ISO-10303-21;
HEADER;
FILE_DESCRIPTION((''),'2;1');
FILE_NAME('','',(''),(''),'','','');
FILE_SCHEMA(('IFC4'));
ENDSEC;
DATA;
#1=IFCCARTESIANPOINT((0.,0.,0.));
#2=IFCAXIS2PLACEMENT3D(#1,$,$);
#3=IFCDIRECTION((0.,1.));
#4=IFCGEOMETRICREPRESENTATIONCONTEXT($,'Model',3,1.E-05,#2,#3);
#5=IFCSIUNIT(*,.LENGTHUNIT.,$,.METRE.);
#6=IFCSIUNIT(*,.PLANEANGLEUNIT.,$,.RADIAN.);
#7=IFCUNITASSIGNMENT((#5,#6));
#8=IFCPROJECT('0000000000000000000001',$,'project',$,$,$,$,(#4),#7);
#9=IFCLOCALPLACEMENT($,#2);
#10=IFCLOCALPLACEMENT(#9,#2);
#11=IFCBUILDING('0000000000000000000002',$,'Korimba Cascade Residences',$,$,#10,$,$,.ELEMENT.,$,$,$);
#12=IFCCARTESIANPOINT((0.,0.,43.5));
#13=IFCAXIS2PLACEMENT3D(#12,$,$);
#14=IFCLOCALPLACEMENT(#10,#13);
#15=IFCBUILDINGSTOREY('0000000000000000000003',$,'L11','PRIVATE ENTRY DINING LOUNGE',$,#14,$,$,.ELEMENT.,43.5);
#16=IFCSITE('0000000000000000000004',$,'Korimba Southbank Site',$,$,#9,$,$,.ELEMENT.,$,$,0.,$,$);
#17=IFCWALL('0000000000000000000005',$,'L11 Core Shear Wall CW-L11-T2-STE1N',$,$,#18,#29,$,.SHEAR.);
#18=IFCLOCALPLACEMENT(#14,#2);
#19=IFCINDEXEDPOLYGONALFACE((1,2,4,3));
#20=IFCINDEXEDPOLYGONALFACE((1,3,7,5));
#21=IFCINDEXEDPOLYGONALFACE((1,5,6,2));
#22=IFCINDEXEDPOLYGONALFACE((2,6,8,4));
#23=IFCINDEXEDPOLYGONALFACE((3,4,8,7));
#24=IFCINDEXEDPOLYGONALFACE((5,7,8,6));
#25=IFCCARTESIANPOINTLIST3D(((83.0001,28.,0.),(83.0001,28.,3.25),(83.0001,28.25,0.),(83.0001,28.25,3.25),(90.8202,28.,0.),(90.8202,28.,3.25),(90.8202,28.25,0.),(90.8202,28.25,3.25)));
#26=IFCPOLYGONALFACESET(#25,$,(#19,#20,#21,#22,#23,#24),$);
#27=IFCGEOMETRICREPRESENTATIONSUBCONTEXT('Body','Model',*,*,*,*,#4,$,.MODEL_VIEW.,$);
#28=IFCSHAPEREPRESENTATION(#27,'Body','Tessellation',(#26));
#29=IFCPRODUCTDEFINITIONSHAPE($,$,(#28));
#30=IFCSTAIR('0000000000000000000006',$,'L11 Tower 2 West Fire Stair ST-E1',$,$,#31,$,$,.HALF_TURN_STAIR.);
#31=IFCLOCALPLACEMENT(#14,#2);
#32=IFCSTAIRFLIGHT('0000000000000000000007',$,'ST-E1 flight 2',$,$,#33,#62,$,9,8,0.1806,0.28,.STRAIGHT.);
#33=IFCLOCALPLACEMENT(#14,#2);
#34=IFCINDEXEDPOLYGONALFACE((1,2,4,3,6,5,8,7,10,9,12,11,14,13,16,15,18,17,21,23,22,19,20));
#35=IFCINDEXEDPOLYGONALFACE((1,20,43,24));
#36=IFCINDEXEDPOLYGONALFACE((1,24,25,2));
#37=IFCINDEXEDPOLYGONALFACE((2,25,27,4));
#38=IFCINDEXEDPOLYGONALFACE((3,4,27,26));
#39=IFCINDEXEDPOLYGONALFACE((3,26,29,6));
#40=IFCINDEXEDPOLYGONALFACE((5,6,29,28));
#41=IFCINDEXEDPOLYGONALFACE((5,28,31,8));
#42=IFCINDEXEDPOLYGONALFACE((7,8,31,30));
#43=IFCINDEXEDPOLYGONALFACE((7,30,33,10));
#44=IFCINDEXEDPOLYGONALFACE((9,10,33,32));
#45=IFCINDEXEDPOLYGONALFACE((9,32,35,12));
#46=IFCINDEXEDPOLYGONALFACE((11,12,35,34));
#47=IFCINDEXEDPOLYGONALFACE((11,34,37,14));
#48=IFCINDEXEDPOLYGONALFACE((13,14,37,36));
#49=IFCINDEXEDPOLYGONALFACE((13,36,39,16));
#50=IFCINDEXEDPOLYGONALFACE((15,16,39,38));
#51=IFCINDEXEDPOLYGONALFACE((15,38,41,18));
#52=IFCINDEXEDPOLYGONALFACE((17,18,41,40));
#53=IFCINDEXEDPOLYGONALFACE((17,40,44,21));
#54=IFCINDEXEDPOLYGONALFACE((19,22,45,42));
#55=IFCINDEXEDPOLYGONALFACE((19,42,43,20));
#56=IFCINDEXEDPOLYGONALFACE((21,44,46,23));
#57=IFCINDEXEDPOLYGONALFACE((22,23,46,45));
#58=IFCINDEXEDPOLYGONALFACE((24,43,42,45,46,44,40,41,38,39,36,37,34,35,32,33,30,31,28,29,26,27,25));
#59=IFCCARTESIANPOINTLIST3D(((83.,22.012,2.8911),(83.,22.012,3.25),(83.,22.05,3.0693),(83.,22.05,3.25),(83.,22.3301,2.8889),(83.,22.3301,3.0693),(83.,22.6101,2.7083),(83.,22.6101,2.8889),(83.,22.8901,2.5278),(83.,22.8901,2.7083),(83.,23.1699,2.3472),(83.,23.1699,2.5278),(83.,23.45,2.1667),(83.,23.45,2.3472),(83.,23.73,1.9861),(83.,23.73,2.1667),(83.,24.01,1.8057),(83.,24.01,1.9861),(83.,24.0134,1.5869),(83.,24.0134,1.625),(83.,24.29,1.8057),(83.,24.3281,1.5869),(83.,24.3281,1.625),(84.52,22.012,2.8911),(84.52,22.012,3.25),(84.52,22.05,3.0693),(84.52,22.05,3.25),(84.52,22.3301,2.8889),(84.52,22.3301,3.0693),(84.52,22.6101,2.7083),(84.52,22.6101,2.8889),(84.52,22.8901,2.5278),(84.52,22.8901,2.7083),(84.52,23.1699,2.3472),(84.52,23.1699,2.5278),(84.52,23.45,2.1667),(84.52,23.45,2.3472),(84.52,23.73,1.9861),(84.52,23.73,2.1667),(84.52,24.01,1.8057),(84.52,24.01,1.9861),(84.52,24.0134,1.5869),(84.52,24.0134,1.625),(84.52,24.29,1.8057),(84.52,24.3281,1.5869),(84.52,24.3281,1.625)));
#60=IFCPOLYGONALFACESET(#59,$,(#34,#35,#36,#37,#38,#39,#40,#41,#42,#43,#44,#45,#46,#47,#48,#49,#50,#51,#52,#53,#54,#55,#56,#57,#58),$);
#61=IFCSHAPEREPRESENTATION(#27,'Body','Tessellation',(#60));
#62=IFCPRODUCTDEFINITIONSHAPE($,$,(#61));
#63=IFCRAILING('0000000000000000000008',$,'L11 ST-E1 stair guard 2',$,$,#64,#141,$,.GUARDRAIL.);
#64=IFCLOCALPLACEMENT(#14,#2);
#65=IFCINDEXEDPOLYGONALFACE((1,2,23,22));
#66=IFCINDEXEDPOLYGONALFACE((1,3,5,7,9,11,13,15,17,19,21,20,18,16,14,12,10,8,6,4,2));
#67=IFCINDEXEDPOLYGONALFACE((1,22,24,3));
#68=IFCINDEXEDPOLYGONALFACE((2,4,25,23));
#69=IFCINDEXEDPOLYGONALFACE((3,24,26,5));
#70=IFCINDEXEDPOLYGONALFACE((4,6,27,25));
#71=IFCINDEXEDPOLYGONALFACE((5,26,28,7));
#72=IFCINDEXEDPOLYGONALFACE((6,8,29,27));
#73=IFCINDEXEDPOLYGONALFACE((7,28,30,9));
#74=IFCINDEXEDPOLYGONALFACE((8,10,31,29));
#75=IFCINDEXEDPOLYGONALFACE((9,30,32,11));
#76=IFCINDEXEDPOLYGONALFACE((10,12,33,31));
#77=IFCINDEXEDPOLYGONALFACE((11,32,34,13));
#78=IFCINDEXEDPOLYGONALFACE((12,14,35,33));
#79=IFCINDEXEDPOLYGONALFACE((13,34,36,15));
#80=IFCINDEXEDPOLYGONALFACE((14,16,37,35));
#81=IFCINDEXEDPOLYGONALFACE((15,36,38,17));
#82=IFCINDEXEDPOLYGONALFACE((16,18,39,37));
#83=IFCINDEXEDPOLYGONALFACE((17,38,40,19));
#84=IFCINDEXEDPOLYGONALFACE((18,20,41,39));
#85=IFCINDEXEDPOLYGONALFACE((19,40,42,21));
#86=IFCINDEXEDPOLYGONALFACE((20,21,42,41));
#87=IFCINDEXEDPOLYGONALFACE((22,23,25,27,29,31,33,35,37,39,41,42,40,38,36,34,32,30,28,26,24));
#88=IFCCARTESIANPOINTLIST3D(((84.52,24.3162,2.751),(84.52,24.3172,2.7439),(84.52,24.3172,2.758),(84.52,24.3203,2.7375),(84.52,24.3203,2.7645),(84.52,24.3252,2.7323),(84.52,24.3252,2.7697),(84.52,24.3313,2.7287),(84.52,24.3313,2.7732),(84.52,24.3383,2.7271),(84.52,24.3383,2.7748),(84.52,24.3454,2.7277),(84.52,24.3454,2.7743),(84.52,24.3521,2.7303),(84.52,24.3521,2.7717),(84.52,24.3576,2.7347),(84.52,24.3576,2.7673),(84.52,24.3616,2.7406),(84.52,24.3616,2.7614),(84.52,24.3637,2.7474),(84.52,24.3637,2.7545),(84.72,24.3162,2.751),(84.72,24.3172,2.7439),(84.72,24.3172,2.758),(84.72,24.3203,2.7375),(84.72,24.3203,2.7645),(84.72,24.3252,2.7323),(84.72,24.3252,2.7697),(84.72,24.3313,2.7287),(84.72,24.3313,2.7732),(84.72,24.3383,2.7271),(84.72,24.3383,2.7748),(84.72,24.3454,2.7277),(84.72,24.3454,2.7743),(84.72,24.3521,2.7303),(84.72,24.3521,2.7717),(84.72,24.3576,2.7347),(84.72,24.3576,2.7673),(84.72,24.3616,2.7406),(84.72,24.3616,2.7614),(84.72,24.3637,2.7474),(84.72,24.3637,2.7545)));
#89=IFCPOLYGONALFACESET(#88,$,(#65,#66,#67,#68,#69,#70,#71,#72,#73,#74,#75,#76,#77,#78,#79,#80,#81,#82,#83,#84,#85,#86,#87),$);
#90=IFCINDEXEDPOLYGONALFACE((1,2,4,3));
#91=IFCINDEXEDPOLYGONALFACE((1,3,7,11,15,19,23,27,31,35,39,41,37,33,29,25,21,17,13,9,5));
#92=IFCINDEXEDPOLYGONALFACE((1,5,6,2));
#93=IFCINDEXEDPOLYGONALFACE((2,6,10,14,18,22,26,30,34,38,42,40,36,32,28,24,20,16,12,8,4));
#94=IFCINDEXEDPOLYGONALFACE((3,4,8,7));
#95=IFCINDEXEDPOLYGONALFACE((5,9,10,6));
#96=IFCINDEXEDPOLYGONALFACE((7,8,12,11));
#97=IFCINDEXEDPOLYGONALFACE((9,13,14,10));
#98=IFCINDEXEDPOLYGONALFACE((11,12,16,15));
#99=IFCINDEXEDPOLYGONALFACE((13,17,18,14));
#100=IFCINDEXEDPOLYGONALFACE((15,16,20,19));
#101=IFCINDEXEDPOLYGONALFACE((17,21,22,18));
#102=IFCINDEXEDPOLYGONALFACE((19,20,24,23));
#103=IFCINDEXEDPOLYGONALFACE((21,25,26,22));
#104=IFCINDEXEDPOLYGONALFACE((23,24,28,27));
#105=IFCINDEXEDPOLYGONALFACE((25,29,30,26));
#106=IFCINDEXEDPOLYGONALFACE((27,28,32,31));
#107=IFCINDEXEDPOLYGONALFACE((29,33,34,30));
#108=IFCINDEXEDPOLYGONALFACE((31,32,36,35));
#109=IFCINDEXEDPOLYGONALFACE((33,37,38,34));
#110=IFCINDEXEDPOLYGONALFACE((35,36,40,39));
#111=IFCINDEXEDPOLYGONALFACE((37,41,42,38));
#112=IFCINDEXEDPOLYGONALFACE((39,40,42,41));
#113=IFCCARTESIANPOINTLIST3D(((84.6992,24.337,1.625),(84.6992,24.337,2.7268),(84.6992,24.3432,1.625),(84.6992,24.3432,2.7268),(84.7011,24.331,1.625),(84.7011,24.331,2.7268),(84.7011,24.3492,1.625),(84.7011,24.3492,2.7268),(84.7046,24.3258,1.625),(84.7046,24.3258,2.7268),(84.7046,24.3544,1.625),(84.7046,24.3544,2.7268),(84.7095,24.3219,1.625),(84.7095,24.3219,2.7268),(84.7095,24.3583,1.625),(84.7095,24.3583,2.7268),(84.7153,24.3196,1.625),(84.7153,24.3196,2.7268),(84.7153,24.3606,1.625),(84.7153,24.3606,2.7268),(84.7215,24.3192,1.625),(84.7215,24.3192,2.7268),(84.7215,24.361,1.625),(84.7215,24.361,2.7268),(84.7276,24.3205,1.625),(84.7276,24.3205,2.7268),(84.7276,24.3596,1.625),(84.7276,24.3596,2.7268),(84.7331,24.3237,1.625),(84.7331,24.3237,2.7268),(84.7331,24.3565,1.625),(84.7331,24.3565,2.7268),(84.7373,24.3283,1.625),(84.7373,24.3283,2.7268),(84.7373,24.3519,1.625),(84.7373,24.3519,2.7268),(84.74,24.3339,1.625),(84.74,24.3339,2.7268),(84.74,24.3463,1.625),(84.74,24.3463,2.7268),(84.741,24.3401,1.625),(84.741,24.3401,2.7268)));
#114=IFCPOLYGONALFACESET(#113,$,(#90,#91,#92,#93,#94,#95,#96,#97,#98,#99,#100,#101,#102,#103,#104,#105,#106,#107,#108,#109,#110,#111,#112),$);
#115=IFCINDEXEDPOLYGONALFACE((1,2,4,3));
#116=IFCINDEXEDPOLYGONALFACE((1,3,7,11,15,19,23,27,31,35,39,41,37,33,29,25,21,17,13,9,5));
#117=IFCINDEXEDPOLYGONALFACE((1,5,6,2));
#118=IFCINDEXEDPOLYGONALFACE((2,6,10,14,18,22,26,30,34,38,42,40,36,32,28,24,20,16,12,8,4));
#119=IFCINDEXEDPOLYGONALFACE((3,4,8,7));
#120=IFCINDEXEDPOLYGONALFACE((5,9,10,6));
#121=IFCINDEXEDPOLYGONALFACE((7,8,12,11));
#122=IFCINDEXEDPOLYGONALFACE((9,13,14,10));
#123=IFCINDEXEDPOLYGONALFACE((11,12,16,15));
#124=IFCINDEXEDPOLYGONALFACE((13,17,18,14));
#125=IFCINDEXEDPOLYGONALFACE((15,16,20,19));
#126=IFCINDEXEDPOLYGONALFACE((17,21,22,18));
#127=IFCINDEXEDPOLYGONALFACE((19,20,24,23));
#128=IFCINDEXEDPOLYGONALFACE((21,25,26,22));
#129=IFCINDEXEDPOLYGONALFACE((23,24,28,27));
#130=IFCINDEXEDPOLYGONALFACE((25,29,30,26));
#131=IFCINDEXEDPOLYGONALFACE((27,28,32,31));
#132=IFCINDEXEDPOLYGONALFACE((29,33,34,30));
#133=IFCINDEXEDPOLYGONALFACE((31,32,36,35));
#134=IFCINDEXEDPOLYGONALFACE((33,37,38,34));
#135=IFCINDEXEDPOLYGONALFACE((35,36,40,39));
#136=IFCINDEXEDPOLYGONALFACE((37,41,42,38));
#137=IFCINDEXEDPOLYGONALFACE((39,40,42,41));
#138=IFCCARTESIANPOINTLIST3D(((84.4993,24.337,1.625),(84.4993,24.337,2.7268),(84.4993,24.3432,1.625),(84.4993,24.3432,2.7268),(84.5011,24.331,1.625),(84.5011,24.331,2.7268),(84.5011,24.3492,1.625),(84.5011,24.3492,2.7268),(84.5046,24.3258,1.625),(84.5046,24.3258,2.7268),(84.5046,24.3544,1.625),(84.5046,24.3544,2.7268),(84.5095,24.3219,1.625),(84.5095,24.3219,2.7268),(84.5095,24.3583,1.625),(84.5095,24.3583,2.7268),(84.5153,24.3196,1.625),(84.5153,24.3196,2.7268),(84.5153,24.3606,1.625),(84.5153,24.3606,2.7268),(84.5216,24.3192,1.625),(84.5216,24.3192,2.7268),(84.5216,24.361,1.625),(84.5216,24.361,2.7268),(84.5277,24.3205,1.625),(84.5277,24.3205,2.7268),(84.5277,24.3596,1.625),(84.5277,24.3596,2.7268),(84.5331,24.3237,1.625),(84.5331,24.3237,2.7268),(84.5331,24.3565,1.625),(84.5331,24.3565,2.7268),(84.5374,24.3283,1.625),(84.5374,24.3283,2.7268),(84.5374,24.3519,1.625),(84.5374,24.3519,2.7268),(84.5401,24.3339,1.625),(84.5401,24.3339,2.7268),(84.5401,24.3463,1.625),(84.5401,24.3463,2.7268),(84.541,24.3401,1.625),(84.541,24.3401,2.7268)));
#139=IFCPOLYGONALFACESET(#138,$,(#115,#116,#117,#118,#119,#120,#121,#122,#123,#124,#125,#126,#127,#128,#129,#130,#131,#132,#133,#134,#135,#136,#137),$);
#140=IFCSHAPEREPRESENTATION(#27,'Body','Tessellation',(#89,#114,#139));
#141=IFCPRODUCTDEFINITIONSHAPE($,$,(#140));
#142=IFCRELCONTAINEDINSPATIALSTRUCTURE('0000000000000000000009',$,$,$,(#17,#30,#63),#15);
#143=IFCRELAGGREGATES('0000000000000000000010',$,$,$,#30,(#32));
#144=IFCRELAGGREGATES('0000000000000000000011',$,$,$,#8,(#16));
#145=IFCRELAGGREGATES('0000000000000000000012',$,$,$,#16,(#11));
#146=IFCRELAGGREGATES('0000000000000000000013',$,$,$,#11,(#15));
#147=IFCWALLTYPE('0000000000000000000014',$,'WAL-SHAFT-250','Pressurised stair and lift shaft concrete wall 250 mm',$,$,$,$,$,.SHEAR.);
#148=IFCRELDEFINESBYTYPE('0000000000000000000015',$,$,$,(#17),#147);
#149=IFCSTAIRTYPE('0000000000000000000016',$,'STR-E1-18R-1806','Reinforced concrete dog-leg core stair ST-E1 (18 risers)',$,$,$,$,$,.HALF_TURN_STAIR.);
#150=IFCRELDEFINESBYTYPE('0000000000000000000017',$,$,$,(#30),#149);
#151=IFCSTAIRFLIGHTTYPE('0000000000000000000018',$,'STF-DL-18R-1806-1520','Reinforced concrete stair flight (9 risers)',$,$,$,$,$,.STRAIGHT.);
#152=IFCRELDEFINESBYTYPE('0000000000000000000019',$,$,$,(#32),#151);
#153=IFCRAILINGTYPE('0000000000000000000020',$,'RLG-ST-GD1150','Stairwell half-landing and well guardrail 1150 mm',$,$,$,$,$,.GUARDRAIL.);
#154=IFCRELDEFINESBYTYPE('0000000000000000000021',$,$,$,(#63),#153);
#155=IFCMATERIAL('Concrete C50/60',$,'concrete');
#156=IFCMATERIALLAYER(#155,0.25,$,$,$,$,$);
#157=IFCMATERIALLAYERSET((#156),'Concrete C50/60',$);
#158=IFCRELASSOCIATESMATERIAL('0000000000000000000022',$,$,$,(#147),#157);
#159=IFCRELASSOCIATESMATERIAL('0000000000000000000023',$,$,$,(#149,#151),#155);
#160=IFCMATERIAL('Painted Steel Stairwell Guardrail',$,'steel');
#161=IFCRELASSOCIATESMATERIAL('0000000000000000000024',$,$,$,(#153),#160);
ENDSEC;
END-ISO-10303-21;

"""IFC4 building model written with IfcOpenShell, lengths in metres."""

from ifc_helpers import new_model, si_unit, direction, frame, frame_2d, origin, origin_2d, place, context, subcontext, project, spatial, polyline, rectangle, circle, outline, extrude, material, layer, layer_set, type_object, element, aggregate, save


model = new_model("IFC4")

# Units and contexts
model_context = context("Model", 3, precision=1e-05, world=origin(), true_north=direction((0.0, 1.0)))
body_context = subcontext(model_context, "Body", "Model", "MODEL_VIEW")
ifc_project = project(units=[si_unit("LENGTHUNIT", "METRE"), si_unit("PLANEANGLEUNIT", "RADIAN")], contexts=[model_context])

# Site, building, storey
site_placement = place(None, origin())
site = spatial("IfcSite", under=ifc_project, at=site_placement, Name="Korimba Southbank Site", CompositionType="ELEMENT", RefElevation=0.0)
building_placement = place(site_placement, origin())
building = spatial("IfcBuilding", under=site, at=building_placement, Name="Korimba Cascade Residences", CompositionType="ELEMENT")
storey_placement = place(building_placement, frame((0.0, 0.0, 43.5)))
storey = spatial("IfcBuildingStorey", under=building, at=storey_placement, Name="L11", Description="PRIVATE ENTRY DINING LOUNGE", CompositionType="ELEMENT", Elevation=43.5)

# Wall
ifc_material_1 = material(Name="Concrete C50/60", Category="concrete")
ifc_layer_1 = layer(ifc_material_1, 0.25)
ifc_layer_set_1 = layer_set([ifc_layer_1], Name="Concrete C50/60")
wall_type_1 = type_object("IfcWallType", Name="WAL-SHAFT-250", Description="Pressurised stair and lift shaft concrete wall 250 mm", PredefinedType="SHEAR", material=ifc_layer_set_1)
wall_1_placement = place(storey_placement, frame((83.0, 28.125, 0.0), z_axis=(0.0, 0.0, 1.0), x_axis=(1.0, 0.0, 0.0)))
element("IfcWall", 1, at=wall_1_placement, inside=storey, type_object=wall_type_1, Name="L11 Core Shear Wall CW-L11-T2-STE1N", PredefinedType="SHEAR", context=body_context, shape_type="SweptSolid", body=[
    extrude(rectangle(XDim=7.8201, YDim=0.25, at=frame_2d((3.9102, 0.0))), origin(), (0.0, 0.0, 1.0), 3.25),
])

# Stair, stair flight
stair_type = type_object("IfcStairType", Name="STR-E1-18R-1806", Description="Reinforced concrete dog-leg core stair ST-E1 (18 risers)", PredefinedType="HALF_TURN_STAIR", material=ifc_material_1)
stair_placement = place(storey_placement, origin())
stair = element("IfcStair", 2, at=stair_placement, inside=storey, type_object=stair_type, Name="L11 Tower 2 West Fire Stair ST-E1", PredefinedType="HALF_TURN_STAIR")
stair_flight_type = type_object("IfcStairFlightType", Name="STF-DL-18R-1806-1520", Description="Reinforced concrete stair flight (9 risers)", PredefinedType="STRAIGHT", material=ifc_material_1)
stair_flight_placement = place(storey_placement, frame((83.76, 24.29, 1.625), z_axis=(0.0, 0.0, 1.0), x_axis=(0.0, -1.0, 0.0)))
stair_flight = element("IfcStairFlight", 3, at=stair_flight_placement, type_object=stair_flight_type, Name="ST-E1 flight 2", NumberOfRisers=9, NumberOfTreads=8, PredefinedType="STRAIGHT", RiserHeight=0.1806, TreadLength=0.28, context=body_context, shape_type="SweptSolid", body=[
    extrude(outline(polyline([(-0.0381, 0.0), (0.0, 0.1807), (0.28, 0.1807), (0.28, 0.3611), (0.5601, 0.3611), (0.5601, 0.5417), (0.8401, 0.5417), (0.8401, 0.7222), (1.1201, 0.7222), (1.1201, 0.9028), (1.3999, 0.9028), (1.3999, 1.0833), (1.6799, 1.0833), (1.6799, 1.2639), (1.96, 1.2639), (1.96, 1.4443), (2.24, 1.4443), (2.24, 1.625), (2.2781, 1.625), (2.2781, 1.2661), (0.2766, 0.0), (0.2766, -0.0381), (-0.0381, -0.0381), (-0.0381, 0.0)])), frame((0.0, 0.76, 0.0), z_axis=(0.0, -1.0, 0.0), x_axis=(1.0, 0.0, 0.0)), (0.0, 0.0, 1.0), 1.52),
])
aggregate(stair, [stair_flight])

# Railing
ifc_material_2 = material(Name="Painted Steel Stairwell Guardrail", Category="steel")
railing_type_1 = type_object("IfcRailingType", Name="RLG-ST-GD1150", Description="Stairwell half-landing and well guardrail 1150 mm", PredefinedType="GUARDRAIL", material=ifc_material_2)
railing_1_placement = place(storey_placement, frame((84.72, 24.3401, 1.625)))
element("IfcRailing", 4, at=railing_1_placement, inside=storey, type_object=railing_type_1, Name="L11 ST-E1 stair guard 2", PredefinedType="GUARDRAIL", context=body_context, shape_type="SweptSolid", body=[
    extrude(circle(Radius=0.0239, at=origin_2d()), frame((0.0, 0.0, 1.126), z_axis=(-1.0, 0.0, 0.0), x_axis=(0.0, -1.0, 0.0)), (0.0, 0.0, 1.0), 0.2),
    extrude(circle(Radius=0.021, at=origin_2d()), origin(), (0.0, 0.0, 1.0), 1.1018),
    extrude(circle(Radius=0.021, at=origin_2d()), frame((-0.2, 0.0, 0.0)), (0.0, 0.0, 1.0), 1.1018),
])

save(model, "model.ifc")
